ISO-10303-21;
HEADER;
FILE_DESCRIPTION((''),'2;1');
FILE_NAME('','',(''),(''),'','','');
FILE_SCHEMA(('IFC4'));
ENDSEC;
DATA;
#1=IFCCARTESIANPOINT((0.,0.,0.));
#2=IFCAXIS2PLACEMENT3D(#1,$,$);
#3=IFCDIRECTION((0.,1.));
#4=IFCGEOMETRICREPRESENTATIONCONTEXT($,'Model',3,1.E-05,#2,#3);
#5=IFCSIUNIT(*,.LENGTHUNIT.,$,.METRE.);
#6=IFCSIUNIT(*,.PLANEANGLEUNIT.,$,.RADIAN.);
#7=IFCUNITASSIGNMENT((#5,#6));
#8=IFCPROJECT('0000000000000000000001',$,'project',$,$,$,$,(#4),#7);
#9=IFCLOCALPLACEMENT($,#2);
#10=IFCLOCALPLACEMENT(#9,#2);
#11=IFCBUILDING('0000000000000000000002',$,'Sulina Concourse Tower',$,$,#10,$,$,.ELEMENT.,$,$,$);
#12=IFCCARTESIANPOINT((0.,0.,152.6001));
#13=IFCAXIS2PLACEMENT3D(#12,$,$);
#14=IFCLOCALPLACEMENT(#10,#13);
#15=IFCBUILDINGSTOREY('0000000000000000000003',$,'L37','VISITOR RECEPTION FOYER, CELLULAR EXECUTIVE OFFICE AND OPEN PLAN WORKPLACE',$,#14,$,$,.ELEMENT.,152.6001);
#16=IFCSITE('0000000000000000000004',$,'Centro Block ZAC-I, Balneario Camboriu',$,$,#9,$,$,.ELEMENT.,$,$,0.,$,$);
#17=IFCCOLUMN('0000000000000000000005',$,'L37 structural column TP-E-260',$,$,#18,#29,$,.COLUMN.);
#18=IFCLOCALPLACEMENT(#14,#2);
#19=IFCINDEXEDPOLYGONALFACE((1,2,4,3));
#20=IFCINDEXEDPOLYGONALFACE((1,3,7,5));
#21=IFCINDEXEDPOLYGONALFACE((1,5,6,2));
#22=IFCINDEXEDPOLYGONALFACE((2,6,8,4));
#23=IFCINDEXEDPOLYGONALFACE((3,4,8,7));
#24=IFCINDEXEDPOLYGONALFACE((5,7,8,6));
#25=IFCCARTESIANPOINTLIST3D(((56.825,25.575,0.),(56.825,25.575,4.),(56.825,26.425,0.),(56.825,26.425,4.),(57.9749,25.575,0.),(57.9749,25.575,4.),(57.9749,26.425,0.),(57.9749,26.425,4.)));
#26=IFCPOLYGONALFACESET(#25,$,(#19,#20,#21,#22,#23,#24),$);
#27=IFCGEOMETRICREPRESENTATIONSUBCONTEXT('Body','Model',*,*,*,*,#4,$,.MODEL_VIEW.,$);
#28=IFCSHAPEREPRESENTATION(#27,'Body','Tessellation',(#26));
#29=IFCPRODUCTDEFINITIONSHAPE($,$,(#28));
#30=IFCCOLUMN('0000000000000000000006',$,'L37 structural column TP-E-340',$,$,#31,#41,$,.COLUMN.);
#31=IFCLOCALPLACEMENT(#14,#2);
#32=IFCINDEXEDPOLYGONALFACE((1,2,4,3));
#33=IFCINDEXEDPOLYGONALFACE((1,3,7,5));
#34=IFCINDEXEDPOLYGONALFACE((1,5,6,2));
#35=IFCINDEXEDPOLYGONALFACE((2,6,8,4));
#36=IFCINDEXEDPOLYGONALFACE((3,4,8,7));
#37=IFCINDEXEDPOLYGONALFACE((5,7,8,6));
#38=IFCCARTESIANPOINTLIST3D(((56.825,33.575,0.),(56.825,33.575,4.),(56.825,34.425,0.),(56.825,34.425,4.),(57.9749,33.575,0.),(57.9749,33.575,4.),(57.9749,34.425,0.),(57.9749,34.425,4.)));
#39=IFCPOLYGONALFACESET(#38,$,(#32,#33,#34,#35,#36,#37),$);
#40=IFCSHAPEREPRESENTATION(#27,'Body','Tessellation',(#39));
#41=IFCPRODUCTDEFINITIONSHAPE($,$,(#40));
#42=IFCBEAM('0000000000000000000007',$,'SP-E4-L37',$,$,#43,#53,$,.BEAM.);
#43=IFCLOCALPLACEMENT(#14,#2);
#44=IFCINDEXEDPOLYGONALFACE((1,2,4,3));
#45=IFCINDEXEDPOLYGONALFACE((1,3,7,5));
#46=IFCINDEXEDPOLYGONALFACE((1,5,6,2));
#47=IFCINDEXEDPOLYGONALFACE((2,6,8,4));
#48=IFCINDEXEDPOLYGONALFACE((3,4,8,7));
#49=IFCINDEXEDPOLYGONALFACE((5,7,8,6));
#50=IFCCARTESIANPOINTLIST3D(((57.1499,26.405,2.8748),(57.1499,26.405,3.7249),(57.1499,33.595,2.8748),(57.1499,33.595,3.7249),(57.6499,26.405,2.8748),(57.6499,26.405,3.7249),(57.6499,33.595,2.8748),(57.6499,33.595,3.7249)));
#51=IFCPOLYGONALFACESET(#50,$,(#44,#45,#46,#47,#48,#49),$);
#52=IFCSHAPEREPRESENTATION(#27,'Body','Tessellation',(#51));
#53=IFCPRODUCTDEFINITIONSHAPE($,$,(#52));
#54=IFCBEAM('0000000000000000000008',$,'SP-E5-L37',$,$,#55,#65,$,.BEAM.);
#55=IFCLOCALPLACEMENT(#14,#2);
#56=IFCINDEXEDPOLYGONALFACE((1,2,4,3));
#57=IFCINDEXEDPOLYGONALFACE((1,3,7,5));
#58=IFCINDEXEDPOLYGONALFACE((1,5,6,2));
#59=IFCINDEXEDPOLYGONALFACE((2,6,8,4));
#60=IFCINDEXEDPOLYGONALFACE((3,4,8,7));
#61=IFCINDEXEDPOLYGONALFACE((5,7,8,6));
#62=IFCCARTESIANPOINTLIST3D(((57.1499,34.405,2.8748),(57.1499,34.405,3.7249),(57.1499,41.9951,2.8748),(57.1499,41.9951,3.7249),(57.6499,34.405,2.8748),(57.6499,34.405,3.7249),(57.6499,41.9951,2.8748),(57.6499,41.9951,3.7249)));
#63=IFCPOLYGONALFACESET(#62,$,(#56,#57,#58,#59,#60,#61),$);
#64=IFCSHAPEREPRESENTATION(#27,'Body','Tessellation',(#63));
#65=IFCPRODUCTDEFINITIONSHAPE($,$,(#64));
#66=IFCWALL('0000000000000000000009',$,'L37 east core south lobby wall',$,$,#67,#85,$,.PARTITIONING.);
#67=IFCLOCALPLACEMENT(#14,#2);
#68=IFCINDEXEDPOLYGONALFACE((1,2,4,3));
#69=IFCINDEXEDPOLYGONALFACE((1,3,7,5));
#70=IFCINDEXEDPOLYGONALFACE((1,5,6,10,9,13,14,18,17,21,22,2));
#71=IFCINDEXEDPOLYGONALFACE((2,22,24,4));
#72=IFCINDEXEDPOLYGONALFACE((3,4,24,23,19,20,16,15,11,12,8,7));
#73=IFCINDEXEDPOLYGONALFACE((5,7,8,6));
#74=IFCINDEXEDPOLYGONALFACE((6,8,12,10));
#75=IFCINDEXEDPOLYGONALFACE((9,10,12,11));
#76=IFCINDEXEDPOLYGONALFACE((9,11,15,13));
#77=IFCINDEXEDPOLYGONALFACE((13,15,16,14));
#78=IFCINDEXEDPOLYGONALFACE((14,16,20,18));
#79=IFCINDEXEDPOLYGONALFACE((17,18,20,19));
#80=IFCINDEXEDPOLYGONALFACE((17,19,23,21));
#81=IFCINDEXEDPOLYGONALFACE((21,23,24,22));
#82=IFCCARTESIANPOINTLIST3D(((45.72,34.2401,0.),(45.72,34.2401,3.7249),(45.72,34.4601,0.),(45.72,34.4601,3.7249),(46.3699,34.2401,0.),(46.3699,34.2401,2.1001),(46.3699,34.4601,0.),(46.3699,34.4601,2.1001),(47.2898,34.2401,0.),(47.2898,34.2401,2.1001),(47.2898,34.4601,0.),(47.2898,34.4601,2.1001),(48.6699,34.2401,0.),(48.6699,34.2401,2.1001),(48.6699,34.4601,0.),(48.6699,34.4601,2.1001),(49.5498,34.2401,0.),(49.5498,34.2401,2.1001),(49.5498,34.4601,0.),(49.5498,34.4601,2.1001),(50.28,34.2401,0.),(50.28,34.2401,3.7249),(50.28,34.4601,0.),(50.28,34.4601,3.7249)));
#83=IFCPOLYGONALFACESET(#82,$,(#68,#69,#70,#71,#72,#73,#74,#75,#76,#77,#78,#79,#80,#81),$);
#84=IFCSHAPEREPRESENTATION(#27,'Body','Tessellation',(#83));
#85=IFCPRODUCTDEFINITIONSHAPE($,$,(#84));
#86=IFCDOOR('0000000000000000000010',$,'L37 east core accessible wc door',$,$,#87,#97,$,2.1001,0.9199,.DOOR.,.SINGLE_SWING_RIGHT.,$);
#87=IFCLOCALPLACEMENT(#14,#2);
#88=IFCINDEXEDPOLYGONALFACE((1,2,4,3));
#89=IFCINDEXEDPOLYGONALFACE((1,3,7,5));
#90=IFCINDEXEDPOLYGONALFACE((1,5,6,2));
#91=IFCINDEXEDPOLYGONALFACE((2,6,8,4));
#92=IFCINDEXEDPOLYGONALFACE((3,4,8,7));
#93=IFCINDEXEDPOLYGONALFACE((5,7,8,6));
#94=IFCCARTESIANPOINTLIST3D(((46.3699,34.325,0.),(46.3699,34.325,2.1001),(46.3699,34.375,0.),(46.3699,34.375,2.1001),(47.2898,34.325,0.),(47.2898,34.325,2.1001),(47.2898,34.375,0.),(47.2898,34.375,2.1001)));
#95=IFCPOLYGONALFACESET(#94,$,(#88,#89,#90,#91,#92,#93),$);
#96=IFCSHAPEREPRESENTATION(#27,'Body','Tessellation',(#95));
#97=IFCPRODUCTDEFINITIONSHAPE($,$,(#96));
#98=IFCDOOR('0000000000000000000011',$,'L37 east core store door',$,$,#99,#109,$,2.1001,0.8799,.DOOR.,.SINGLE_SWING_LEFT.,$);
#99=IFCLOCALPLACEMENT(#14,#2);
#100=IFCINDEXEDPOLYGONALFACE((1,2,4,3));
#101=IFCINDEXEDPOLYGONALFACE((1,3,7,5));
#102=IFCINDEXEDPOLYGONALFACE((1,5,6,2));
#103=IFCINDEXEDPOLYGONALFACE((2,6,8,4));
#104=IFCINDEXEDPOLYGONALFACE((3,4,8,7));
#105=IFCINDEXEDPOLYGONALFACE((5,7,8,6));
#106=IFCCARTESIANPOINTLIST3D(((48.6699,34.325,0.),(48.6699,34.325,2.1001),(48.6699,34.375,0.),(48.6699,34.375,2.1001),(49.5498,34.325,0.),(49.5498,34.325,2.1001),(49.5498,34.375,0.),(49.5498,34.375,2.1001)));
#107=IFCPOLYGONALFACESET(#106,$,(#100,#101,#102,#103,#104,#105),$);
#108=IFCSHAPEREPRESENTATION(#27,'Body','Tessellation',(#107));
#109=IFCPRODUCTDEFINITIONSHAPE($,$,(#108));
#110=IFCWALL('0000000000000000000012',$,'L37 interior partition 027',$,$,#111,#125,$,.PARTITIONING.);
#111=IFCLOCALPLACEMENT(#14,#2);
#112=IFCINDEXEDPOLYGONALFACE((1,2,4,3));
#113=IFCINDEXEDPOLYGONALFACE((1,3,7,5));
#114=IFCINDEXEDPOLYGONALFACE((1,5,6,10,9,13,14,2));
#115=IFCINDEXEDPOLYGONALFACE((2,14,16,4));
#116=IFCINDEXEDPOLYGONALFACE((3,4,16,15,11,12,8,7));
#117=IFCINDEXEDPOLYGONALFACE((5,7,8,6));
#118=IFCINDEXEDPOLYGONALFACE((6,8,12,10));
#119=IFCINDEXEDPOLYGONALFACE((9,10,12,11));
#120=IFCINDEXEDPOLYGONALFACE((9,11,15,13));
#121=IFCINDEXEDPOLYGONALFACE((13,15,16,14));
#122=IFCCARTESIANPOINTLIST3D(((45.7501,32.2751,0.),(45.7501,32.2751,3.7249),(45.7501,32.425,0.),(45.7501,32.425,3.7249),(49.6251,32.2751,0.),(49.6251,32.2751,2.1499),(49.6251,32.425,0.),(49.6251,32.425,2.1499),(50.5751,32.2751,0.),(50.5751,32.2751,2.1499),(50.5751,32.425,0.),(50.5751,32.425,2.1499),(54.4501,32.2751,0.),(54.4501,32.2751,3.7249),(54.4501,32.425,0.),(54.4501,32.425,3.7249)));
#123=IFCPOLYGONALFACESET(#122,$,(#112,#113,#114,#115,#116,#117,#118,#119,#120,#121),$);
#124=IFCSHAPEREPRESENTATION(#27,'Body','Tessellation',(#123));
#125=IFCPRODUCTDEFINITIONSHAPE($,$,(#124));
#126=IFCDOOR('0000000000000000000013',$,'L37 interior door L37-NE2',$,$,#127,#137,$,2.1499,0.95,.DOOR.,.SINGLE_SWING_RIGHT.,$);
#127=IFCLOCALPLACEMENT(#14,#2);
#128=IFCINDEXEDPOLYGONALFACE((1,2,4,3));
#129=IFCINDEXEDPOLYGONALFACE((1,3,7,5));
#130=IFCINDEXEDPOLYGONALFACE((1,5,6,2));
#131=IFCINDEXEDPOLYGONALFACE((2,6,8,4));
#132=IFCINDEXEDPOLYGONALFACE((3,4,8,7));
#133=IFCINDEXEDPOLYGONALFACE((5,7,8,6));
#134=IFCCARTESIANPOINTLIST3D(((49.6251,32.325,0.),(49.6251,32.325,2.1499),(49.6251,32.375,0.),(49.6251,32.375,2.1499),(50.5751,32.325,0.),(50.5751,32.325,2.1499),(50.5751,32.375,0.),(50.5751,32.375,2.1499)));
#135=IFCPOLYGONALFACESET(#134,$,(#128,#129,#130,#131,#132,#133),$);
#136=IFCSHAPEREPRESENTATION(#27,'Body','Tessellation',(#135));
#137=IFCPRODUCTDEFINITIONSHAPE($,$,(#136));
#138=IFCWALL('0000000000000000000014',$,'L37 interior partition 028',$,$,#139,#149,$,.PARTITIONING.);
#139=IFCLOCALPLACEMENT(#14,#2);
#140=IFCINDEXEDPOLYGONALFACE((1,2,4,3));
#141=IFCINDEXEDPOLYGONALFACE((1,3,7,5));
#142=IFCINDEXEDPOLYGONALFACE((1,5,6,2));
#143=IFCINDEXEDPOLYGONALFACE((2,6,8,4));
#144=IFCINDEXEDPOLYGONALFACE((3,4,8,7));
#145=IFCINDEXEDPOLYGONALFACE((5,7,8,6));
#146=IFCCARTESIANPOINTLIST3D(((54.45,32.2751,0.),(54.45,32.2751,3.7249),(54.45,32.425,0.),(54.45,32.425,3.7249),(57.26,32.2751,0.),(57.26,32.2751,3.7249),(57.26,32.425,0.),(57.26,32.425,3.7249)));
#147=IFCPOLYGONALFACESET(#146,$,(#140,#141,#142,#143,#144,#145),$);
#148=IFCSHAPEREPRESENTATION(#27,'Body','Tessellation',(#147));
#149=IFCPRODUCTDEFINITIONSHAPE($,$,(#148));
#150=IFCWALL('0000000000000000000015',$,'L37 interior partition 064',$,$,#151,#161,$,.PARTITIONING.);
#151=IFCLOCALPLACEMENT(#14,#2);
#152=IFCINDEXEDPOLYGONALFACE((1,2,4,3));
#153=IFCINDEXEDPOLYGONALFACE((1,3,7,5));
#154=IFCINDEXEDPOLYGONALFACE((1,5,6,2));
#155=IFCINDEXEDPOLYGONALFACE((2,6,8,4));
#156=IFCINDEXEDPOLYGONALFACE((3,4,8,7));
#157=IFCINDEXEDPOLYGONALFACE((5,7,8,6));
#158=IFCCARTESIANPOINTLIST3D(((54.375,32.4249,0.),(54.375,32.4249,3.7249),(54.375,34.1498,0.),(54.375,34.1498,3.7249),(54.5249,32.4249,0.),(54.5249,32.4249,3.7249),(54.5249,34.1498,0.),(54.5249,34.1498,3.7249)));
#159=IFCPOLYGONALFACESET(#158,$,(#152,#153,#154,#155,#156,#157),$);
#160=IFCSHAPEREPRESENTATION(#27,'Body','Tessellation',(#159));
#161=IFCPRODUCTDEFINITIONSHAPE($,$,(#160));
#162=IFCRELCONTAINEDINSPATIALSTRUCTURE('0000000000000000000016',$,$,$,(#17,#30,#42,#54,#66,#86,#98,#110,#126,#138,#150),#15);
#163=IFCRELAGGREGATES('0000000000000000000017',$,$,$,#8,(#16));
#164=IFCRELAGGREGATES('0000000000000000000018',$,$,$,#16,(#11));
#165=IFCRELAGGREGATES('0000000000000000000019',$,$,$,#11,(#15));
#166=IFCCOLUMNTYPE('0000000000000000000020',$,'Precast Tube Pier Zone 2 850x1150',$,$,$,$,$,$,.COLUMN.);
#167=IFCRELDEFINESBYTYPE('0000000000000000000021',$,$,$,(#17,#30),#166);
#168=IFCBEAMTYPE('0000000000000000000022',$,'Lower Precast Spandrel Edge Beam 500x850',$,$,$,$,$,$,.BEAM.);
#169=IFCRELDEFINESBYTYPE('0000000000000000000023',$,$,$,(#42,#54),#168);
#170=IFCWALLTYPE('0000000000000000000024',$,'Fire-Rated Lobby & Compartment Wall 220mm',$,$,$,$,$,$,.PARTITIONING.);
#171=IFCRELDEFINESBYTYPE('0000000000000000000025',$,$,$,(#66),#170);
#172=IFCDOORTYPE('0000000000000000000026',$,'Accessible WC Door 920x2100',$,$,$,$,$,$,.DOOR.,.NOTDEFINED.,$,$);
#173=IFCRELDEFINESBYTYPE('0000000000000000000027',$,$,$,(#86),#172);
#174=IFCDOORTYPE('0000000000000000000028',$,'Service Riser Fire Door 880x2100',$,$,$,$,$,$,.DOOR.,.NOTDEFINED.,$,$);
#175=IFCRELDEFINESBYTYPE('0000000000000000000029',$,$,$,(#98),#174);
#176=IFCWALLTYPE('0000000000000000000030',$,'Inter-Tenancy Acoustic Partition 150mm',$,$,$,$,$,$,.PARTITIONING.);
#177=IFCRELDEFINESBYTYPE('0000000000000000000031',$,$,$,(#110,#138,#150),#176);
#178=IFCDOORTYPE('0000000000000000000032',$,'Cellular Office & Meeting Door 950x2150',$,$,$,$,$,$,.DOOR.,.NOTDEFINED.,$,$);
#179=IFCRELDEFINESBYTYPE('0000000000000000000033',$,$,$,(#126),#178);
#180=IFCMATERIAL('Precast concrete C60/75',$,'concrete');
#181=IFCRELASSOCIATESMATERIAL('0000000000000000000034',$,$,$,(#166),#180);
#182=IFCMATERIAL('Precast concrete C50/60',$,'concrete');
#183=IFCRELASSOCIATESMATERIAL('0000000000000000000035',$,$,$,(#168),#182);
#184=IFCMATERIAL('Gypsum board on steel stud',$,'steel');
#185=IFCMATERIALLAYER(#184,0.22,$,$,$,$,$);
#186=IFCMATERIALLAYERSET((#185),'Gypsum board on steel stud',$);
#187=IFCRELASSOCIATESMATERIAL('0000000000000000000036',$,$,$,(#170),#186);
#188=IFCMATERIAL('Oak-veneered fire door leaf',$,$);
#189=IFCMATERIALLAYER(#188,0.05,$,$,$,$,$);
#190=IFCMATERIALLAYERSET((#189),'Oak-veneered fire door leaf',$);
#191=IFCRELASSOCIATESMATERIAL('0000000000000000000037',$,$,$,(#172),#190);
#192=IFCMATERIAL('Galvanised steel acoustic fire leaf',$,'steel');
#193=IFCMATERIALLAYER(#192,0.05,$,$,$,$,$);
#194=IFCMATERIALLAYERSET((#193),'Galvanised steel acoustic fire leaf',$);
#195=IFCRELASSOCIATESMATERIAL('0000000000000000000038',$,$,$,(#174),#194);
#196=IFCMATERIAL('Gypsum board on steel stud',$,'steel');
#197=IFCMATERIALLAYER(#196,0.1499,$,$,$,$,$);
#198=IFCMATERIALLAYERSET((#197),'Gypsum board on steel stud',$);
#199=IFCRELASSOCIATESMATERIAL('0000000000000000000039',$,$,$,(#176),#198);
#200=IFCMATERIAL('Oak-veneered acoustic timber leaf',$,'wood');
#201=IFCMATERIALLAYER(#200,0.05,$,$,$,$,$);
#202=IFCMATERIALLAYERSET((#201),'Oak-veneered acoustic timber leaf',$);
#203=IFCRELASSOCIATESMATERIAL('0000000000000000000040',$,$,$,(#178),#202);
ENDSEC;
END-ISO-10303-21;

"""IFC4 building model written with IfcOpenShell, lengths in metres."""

from ifc_helpers import new_model, si_unit, direction, frame, frame_2d, origin, origin_2d, place, context, subcontext, project, spatial, rectangle, extrude, material, layer, layer_set, material_profile, profile_set, type_object, element, fill, save


model = new_model("IFC4")

# Units and contexts
model_context = context("Model", 3, precision=1e-05, world=origin(), true_north=direction((0.0, 1.0)))
body_context = subcontext(model_context, "Body", "Model", "MODEL_VIEW")
ifc_project = project(units=[si_unit("LENGTHUNIT", "METRE"), si_unit("PLANEANGLEUNIT", "RADIAN")], contexts=[model_context])

# Site, building, storey
site_placement = place(None, origin())
site = spatial("IfcSite", under=ifc_project, at=site_placement, Name="Centro Block ZAC-I, Balneario Camboriu", CompositionType="ELEMENT", RefElevation=0.0)
building_placement = place(site_placement, origin())
building = spatial("IfcBuilding", under=site, at=building_placement, Name="Sulina Concourse Tower", CompositionType="ELEMENT")
storey_placement = place(building_placement, frame((0.0, 0.0, 152.6001)))
storey = spatial("IfcBuildingStorey", under=building, at=storey_placement, Name="L37", Description="VISITOR RECEPTION FOYER, CELLULAR EXECUTIVE OFFICE AND OPEN PLAN WORKPLACE", CompositionType="ELEMENT", Elevation=152.6001)

# Columns
ifc_material_1 = material(Name="Precast concrete C60/75", Category="concrete")
ifc_material_profile_1 = material_profile(ifc_material_1, rectangle(XDim=0.8501, YDim=1.1499, at=origin_2d()), Name="PC 850x1150")
ifc_profile_set_1 = profile_set([ifc_material_profile_1], Name="Precast concrete C60/75")
column_type = type_object("IfcColumnType", Name="Precast Tube Pier Zone 2 850x1150", PredefinedType="COLUMN", material=ifc_profile_set_1)
for number, where, z_axis, x_axis, name in (
    (1, (57.3999, 26.0, 0.0), (0.0, 0.0, 1.0), (0.0, 1.0, 0.0), "L37 structural column TP-E-260"),
    (2, (57.3999, 34.0, 0.0), (0.0, 0.0, 1.0), (0.0, 1.0, 0.0), "L37 structural column TP-E-340"),
):
    element("IfcColumn", number, at=place(storey_placement, frame(where, z_axis=z_axis, x_axis=x_axis)), inside=storey, type_object=column_type, Name=name, PredefinedType="COLUMN", context=body_context, shape_type="SweptSolid", body=[
        extrude(rectangle(XDim=0.8501, YDim=1.1499, at=origin_2d()), origin(), (0.0, 0.0, 1.0), 4.0),
    ])

# Beams
ifc_material_2 = material(Name="Precast concrete C50/60", Category="concrete")
ifc_material_profile_2 = material_profile(ifc_material_2, rectangle(XDim=0.5, YDim=0.8501, at=origin_2d()), Name="RC 500x850")
ifc_profile_set_2 = profile_set([ifc_material_profile_2], Name="Precast concrete C50/60")
beam_type = type_object("IfcBeamType", Name="Lower Precast Spandrel Edge Beam 500x850", PredefinedType="BEAM", material=ifc_profile_set_2)
beam_1_placement = place(storey_placement, frame((57.3999, 26.405, 3.2998), z_axis=(0.0, 1.0, 0.0), x_axis=(-1.0, 0.0, 0.0)))
element("IfcBeam", 3, at=beam_1_placement, inside=storey, type_object=beam_type, Name="SP-E4-L37", PredefinedType="BEAM", context=body_context, shape_type="SweptSolid", body=[
    extrude(rectangle(XDim=0.5, YDim=0.8501, at=origin_2d()), origin(), (0.0, 0.0, 1.0), 7.1899),
])
beam_2_placement = place(storey_placement, frame((57.3999, 34.405, 3.2998), z_axis=(0.0, 1.0, 0.0), x_axis=(-1.0, 0.0, 0.0)))
element("IfcBeam", 4, at=beam_2_placement, inside=storey, type_object=beam_type, Name="SP-E5-L37", PredefinedType="BEAM", context=body_context, shape_type="SweptSolid", body=[
    extrude(rectangle(XDim=0.5, YDim=0.8501, at=origin_2d()), origin(), (0.0, 0.0, 1.0), 7.5901),
])

# Wall, openings, doors
ifc_material_3 = material(Name="Gypsum board on steel stud", Category="steel")
ifc_layer_1 = layer(ifc_material_3, 0.22)
ifc_layer_set_1 = layer_set([ifc_layer_1], Name="Gypsum board on steel stud")
wall_type_1 = type_object("IfcWallType", Name="Fire-Rated Lobby & Compartment Wall 220mm", PredefinedType="PARTITIONING", material=ifc_layer_set_1)
wall_1_placement = place(storey_placement, frame((45.72, 34.3501, 0.0), z_axis=(0.0, 0.0, 1.0), x_axis=(1.0, 0.0, 0.0)))
wall_1 = element("IfcWall", 5, at=wall_1_placement, inside=storey, type_object=wall_type_1, Name="L37 east core south lobby wall", PredefinedType="PARTITIONING", context=body_context, shape_type="SweptSolid", body=[
    extrude(rectangle(XDim=4.5601, YDim=0.22, at=frame_2d((2.28, 0.0))), origin(), (0.0, 0.0, 1.0), 3.7249),
])
opening_1_placement = place(wall_1_placement, frame((0.6499, 0.0, 0.0)))
opening_1 = element("IfcOpeningElement", 6, at=opening_1_placement, cuts=wall_1, PredefinedType="OPENING", context=body_context, shape_type="SweptSolid", body=[
    extrude(rectangle(XDim=0.9199, YDim=2.1001, at=frame_2d((0.46, 1.05))), frame((0.0, 0.1199, 0.0), z_axis=(0.0, -1.0, 0.0), x_axis=(1.0, 0.0, 0.0)), (0.0, 0.0, 1.0), 0.24),
])
opening_2_placement = place(wall_1_placement, frame((2.95, 0.0, 0.0)))
opening_2 = element("IfcOpeningElement", 7, at=opening_2_placement, cuts=wall_1, PredefinedType="OPENING", context=body_context, shape_type="SweptSolid", body=[
    extrude(rectangle(XDim=0.8799, YDim=2.1001, at=frame_2d((0.4399, 1.05))), frame((0.0, 0.1199, 0.0), z_axis=(0.0, -1.0, 0.0), x_axis=(1.0, 0.0, 0.0)), (0.0, 0.0, 1.0), 0.24),
])
ifc_material_4 = material(Name="Oak-veneered fire door leaf")
ifc_layer_2 = layer(ifc_material_4, 0.05)
ifc_layer_set_2 = layer_set([ifc_layer_2], Name="Oak-veneered fire door leaf")
door_type_1 = type_object("IfcDoorType", Name="Accessible WC Door 920x2100", OperationType="NOTDEFINED", PredefinedType="DOOR", material=ifc_layer_set_2)
door_1_placement = place(opening_1_placement, origin())
door_1 = element("IfcDoor", 8, at=door_1_placement, inside=storey, type_object=door_type_1, Name="L37 east core accessible wc door", OperationType="SINGLE_SWING_RIGHT", OverallHeight=2.1001, OverallWidth=0.9199, PredefinedType="DOOR", context=body_context, shape_type="SweptSolid", body=[
    extrude(rectangle(XDim=0.9199, YDim=2.1001, at=frame_2d((0.46, 1.05))), frame((0.0, 0.0249, 0.0), z_axis=(0.0, -1.0, 0.0), x_axis=(1.0, 0.0, 0.0)), (0.0, 0.0, 1.0), 0.05),
])
fill(opening_1, door_1)
ifc_material_5 = material(Name="Galvanised steel acoustic fire leaf", Category="steel")
ifc_layer_3 = layer(ifc_material_5, 0.05)
ifc_layer_set_3 = layer_set([ifc_layer_3], Name="Galvanised steel acoustic fire leaf")
door_type_2 = type_object("IfcDoorType", Name="Service Riser Fire Door 880x2100", OperationType="NOTDEFINED", PredefinedType="DOOR", material=ifc_layer_set_3)
door_2_placement = place(opening_2_placement, origin())
door_2 = element("IfcDoor", 9, at=door_2_placement, inside=storey, type_object=door_type_2, Name="L37 east core store door", OperationType="SINGLE_SWING_LEFT", OverallHeight=2.1001, OverallWidth=0.8799, PredefinedType="DOOR", context=body_context, shape_type="SweptSolid", body=[
    extrude(rectangle(XDim=0.8799, YDim=2.1001, at=frame_2d((0.4399, 1.05))), frame((0.0, 0.0249, 0.0), z_axis=(0.0, -1.0, 0.0), x_axis=(1.0, 0.0, 0.0)), (0.0, 0.0, 1.0), 0.05),
])
fill(opening_2, door_2)

# Wall, opening, door
ifc_material_6 = material(Name="Gypsum board on steel stud", Category="steel")
ifc_layer_4 = layer(ifc_material_6, 0.1499)
ifc_layer_set_4 = layer_set([ifc_layer_4], Name="Gypsum board on steel stud")
wall_type_2 = type_object("IfcWallType", Name="Inter-Tenancy Acoustic Partition 150mm", PredefinedType="PARTITIONING", material=ifc_layer_set_4)
wall_2_placement = place(storey_placement, frame((45.75, 32.3501, 0.0), z_axis=(0.0, 0.0, 1.0), x_axis=(1.0, 0.0, 0.0)))
wall_2 = element("IfcWall", 10, at=wall_2_placement, inside=storey, type_object=wall_type_2, Name="L37 interior partition 027", PredefinedType="PARTITIONING", context=body_context, shape_type="SweptSolid", body=[
    extrude(rectangle(XDim=8.7, YDim=0.1499, at=frame_2d((4.3501, 0.0))), origin(), (0.0, 0.0, 1.0), 3.7249),
])
opening_3_placement = place(wall_2_placement, frame((3.875, 0.0, 0.0)))
opening_3 = element("IfcOpeningElement", 11, at=opening_3_placement, cuts=wall_2, PredefinedType="OPENING", context=body_context, shape_type="SweptSolid", body=[
    extrude(rectangle(XDim=0.95, YDim=2.1499, at=frame_2d((0.4751, 1.075))), frame((0.0, 0.085, 0.0), z_axis=(0.0, -1.0, 0.0), x_axis=(1.0, 0.0, 0.0)), (0.0, 0.0, 1.0), 0.1699),
])
ifc_material_7 = material(Name="Oak-veneered acoustic timber leaf", Category="wood")
ifc_layer_5 = layer(ifc_material_7, 0.05)
ifc_layer_set_5 = layer_set([ifc_layer_5], Name="Oak-veneered acoustic timber leaf")
door_type_3 = type_object("IfcDoorType", Name="Cellular Office & Meeting Door 950x2150", OperationType="NOTDEFINED", PredefinedType="DOOR", material=ifc_layer_set_5)
door_3_placement = place(opening_3_placement, origin())
door_3 = element("IfcDoor", 12, at=door_3_placement, inside=storey, type_object=door_type_3, Name="L37 interior door L37-NE2", OperationType="SINGLE_SWING_RIGHT", OverallHeight=2.1499, OverallWidth=0.95, PredefinedType="DOOR", context=body_context, shape_type="SweptSolid", body=[
    extrude(rectangle(XDim=0.95, YDim=2.1499, at=frame_2d((0.4751, 1.075))), frame((0.0, 0.0249, 0.0), z_axis=(0.0, -1.0, 0.0), x_axis=(1.0, 0.0, 0.0)), (0.0, 0.0, 1.0), 0.05),
])
fill(opening_3, door_3)

# Walls
wall_3_placement = place(storey_placement, frame((54.45, 32.3501, 0.0), z_axis=(0.0, 0.0, 1.0), x_axis=(1.0, 0.0, 0.0)))
element("IfcWall", 13, at=wall_3_placement, inside=storey, type_object=wall_type_2, Name="L37 interior partition 028", PredefinedType="PARTITIONING", context=body_context, shape_type="SweptSolid", body=[
    extrude(rectangle(XDim=2.8101, YDim=0.1499, at=frame_2d((1.405, 0.0))), origin(), (0.0, 0.0, 1.0), 3.7249),
])
wall_4_placement = place(storey_placement, frame((54.45, 32.425, 0.0), z_axis=(0.0, 0.0, 1.0), x_axis=(0.0, 1.0, 0.0)))
element("IfcWall", 14, at=wall_4_placement, inside=storey, type_object=wall_type_2, Name="L37 interior partition 064", PredefinedType="PARTITIONING", context=body_context, shape_type="SweptSolid", body=[
    extrude(rectangle(XDim=1.7249, YDim=0.1499, at=frame_2d((0.8623, 0.0))), origin(), (0.0, 0.0, 1.0), 3.7249),
])

save(model, "model.ifc")
